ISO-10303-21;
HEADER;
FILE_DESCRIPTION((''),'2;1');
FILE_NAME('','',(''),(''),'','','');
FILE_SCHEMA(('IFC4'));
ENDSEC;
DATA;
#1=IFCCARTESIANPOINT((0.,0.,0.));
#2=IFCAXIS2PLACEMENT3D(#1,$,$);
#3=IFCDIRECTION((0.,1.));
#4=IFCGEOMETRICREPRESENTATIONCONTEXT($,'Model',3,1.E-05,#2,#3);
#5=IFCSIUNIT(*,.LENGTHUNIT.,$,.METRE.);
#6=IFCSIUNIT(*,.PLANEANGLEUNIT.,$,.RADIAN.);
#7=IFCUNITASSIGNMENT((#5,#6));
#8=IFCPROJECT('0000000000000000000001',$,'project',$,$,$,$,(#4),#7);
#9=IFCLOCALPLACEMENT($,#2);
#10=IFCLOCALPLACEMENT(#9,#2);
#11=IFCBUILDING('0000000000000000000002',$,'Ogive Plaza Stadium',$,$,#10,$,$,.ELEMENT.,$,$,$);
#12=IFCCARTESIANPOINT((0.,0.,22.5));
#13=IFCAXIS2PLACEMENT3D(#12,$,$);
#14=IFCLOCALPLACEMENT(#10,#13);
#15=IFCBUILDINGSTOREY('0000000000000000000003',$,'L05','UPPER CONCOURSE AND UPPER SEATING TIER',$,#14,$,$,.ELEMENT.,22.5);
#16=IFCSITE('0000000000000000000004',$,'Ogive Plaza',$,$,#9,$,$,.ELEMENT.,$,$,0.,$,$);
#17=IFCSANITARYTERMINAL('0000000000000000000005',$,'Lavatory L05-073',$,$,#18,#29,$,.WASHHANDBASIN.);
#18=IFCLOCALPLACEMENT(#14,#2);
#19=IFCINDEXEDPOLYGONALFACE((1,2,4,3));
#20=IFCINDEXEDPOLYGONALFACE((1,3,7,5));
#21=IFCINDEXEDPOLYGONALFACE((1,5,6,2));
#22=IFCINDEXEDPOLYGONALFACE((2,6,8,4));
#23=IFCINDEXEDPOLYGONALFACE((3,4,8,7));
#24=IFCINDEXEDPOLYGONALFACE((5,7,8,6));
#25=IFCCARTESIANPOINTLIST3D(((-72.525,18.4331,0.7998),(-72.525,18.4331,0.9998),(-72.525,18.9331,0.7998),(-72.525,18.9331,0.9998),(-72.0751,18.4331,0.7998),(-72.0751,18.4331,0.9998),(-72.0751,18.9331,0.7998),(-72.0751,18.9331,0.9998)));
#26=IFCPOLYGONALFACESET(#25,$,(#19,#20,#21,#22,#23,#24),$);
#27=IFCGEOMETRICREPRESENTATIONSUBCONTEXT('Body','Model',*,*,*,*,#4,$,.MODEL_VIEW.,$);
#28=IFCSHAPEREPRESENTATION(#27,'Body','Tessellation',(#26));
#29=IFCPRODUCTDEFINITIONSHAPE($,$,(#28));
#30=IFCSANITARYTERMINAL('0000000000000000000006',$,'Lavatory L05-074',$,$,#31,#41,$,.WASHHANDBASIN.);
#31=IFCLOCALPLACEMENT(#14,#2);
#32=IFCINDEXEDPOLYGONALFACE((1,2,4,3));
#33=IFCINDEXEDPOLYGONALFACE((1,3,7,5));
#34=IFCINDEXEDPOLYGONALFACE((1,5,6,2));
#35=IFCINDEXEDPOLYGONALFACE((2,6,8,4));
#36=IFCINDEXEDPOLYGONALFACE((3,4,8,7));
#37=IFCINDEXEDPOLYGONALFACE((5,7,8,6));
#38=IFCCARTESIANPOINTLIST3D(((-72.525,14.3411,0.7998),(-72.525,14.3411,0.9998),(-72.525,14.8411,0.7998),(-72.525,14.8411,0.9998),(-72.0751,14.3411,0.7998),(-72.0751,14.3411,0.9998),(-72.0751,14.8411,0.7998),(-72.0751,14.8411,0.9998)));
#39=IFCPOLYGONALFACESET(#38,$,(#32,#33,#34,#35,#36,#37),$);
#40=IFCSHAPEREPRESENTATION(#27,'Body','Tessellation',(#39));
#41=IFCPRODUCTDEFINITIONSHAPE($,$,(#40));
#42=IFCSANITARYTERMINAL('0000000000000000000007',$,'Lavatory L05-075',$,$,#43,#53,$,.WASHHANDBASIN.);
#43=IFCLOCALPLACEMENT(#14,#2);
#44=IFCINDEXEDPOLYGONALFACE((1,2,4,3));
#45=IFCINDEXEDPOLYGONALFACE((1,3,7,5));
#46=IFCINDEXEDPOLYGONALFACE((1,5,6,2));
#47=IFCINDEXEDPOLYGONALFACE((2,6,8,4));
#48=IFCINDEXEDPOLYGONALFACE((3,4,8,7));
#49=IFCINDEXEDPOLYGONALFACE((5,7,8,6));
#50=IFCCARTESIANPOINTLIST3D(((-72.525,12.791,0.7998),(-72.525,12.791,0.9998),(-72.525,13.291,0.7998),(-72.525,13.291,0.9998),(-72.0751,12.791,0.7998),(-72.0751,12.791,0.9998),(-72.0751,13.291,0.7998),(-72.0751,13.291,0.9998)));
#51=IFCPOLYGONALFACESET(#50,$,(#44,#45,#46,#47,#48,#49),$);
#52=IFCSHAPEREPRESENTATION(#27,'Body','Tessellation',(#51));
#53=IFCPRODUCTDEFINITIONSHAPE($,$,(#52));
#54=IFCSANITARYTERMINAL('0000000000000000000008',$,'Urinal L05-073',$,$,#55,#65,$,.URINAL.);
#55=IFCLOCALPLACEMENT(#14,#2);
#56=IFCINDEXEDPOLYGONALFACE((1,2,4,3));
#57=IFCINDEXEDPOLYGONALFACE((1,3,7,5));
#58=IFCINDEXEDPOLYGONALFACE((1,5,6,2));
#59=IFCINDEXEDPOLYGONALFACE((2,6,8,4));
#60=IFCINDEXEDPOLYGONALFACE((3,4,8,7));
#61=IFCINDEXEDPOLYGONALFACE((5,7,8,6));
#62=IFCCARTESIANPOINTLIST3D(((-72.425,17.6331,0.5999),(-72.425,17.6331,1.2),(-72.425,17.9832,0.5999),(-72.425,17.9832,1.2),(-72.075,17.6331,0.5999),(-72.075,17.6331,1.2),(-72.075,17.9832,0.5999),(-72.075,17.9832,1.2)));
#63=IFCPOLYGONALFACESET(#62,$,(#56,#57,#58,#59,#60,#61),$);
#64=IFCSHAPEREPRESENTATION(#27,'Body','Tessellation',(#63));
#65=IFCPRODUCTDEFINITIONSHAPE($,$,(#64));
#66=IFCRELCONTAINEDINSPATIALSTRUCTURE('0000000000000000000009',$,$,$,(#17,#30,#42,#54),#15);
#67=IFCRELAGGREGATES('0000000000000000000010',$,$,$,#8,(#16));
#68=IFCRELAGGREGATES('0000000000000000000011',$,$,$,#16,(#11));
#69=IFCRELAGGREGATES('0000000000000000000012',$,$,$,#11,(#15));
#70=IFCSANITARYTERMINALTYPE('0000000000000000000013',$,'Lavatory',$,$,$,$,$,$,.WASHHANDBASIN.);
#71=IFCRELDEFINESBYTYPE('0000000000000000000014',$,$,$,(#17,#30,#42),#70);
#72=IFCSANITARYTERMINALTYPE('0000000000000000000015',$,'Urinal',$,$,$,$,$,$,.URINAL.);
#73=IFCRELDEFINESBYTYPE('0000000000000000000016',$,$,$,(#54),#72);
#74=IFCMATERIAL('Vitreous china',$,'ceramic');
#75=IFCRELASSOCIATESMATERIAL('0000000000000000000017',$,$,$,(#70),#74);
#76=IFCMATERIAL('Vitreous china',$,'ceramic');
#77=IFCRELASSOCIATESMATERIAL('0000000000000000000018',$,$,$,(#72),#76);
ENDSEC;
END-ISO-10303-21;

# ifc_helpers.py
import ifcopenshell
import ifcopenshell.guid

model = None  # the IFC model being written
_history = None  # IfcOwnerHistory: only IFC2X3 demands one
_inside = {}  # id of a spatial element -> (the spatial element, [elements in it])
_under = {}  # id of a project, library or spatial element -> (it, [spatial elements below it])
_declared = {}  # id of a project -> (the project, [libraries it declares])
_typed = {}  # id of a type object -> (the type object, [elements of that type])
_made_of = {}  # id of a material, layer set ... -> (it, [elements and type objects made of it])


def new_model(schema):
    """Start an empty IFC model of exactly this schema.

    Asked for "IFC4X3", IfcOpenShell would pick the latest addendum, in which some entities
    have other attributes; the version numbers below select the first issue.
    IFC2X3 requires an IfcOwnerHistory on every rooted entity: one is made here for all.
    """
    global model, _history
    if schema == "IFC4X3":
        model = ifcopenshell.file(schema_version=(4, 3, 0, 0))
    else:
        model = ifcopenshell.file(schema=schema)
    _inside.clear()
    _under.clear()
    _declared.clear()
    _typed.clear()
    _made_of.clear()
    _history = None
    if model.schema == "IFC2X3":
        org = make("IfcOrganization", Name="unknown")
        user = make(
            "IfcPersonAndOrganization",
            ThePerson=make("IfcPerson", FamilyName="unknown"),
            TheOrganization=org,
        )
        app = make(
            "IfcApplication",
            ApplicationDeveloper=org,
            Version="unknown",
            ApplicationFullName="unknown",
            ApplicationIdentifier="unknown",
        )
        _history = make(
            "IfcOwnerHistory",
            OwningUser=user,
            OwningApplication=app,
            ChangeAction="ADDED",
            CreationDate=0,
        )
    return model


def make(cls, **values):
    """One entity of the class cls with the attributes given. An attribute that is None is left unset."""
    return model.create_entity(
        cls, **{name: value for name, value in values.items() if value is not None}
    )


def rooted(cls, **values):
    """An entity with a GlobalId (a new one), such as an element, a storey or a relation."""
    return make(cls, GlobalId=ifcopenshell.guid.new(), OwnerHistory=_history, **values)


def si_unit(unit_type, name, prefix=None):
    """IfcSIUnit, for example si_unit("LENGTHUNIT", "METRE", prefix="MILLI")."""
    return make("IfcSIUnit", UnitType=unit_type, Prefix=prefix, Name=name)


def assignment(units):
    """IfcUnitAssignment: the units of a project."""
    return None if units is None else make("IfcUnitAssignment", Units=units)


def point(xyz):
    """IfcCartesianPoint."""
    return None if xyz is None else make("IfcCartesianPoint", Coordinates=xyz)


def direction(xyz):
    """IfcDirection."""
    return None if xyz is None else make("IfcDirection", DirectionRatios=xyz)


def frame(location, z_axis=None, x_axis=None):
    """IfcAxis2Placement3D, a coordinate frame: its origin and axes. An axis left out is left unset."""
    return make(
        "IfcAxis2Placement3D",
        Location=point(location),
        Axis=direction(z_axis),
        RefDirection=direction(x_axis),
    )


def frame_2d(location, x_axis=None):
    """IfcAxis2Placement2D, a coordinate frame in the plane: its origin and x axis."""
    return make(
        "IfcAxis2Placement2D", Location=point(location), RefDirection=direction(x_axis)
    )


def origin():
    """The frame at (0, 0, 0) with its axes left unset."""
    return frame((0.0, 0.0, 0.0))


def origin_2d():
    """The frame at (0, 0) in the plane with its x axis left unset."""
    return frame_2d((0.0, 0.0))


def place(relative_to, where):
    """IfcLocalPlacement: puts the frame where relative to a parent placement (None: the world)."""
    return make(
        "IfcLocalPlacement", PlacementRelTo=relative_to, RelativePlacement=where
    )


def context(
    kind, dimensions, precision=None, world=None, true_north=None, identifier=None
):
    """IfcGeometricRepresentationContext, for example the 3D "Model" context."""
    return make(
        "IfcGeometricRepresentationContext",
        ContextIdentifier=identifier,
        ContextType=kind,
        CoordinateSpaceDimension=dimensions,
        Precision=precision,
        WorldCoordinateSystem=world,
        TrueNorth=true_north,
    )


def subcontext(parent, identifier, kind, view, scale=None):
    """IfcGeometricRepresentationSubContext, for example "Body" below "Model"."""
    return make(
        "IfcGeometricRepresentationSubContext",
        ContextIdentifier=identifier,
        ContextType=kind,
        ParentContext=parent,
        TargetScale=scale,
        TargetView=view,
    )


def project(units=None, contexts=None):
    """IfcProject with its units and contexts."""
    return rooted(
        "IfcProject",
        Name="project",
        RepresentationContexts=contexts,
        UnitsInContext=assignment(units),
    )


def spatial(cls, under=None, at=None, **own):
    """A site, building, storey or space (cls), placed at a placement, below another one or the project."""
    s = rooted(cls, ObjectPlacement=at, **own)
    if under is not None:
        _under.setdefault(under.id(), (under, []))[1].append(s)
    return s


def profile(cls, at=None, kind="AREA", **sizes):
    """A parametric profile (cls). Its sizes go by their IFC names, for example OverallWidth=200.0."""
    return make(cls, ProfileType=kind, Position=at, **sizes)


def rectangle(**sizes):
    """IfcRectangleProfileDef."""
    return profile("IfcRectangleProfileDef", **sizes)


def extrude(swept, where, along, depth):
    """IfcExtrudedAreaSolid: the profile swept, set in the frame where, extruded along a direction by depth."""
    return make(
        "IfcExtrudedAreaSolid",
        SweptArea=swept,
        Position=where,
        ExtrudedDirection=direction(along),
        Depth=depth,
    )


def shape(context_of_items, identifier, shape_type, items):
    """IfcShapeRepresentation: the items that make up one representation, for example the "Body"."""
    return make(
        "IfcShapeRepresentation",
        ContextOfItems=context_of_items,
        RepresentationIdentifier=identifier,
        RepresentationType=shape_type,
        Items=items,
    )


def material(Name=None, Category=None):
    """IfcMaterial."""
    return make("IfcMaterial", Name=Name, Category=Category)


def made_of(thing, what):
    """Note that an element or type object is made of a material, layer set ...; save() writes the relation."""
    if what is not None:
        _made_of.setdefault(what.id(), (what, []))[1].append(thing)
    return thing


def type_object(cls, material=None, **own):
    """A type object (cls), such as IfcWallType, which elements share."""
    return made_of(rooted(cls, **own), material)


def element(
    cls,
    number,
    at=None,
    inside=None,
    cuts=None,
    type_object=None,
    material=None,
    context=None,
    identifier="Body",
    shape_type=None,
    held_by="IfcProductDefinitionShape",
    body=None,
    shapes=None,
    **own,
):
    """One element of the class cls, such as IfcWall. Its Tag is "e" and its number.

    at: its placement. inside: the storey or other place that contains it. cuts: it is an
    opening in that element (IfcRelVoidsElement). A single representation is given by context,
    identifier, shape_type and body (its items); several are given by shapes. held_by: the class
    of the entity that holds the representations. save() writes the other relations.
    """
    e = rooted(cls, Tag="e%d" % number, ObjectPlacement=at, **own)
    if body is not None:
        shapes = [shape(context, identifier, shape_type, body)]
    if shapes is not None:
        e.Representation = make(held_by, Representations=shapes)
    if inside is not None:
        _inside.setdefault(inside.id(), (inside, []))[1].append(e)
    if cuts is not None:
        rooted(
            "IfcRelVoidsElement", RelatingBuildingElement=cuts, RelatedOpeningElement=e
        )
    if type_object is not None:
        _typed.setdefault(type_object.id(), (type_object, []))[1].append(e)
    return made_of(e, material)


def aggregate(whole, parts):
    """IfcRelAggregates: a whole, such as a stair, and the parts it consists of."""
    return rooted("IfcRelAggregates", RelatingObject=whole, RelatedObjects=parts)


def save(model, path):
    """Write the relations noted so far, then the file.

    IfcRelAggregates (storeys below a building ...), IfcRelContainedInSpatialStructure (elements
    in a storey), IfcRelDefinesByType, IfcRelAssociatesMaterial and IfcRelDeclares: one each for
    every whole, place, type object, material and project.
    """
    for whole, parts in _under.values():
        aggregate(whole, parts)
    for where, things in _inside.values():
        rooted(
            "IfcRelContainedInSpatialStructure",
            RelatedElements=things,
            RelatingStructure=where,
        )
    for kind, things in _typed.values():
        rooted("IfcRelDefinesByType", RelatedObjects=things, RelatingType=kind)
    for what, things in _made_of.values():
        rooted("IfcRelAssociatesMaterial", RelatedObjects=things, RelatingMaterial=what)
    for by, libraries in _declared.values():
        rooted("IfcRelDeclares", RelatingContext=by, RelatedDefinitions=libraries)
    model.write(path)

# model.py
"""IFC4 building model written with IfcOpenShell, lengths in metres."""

from ifc_helpers import new_model, si_unit, direction, frame, origin, origin_2d, place, context, subcontext, project, spatial, rectangle, extrude, material, type_object, element, save


model = new_model("IFC4")

# Units and contexts
model_context = context("Model", 3, precision=1e-05, world=origin(), true_north=direction((0.0, 1.0)))
body_context = subcontext(model_context, "Body", "Model", "MODEL_VIEW")
ifc_project = project(units=[si_unit("LENGTHUNIT", "METRE"), si_unit("PLANEANGLEUNIT", "RADIAN")], contexts=[model_context])

# Site, building, storey
site_placement = place(None, origin())
site = spatial("IfcSite", under=ifc_project, at=site_placement, Name="Ogive Plaza", CompositionType="ELEMENT", RefElevation=0.0)
building_placement = place(site_placement, origin())
building = spatial("IfcBuilding", under=site, at=building_placement, Name="Ogive Plaza Stadium", CompositionType="ELEMENT")
storey_placement = place(building_placement, frame((0.0, 0.0, 22.5)))
storey = spatial("IfcBuildingStorey", under=building, at=storey_placement, Name="L05", Description="UPPER CONCOURSE AND UPPER SEATING TIER", CompositionType="ELEMENT", Elevation=22.5)

# Sanitary terminals
ifc_material_1 = material(Name="Vitreous china", Category="ceramic")
sanitary_terminal_type_1 = type_object("IfcSanitaryTerminalType", Name="Lavatory", PredefinedType="WASHHANDBASIN", material=ifc_material_1)
for number, where, z_axis, x_axis, name in (
    (1, (-72.3, 18.6831, 0.7998), (0.0, 0.0, 1.0), (0.0, 1.0, 0.0), "Lavatory L05-073"),
    (2, (-72.3, 14.5911, 0.7998), (0.0, 0.0, 1.0), (0.0, 1.0, 0.0), "Lavatory L05-074"),
    (3, (-72.3, 13.041, 0.7998), (0.0, 0.0, 1.0), (0.0, -1.0, 0.0), "Lavatory L05-075"),
):
    element("IfcSanitaryTerminal", number, at=place(storey_placement, frame(where, z_axis=z_axis, x_axis=x_axis)), inside=storey, type_object=sanitary_terminal_type_1, Name=name, PredefinedType="WASHHANDBASIN", context=body_context, shape_type="SweptSolid", body=[
        extrude(rectangle(XDim=0.5, YDim=0.45, at=origin_2d()), origin(), (0.0, 0.0, 1.0), 0.2),
    ])
ifc_material_2 = material(Name="Vitreous china", Category="ceramic")
sanitary_terminal_type_2 = type_object("IfcSanitaryTerminalType", Name="Urinal", PredefinedType="URINAL", material=ifc_material_2)
sanitary_terminal_placement = place(storey_placement, frame((-72.25, 17.8081, 0.5999), z_axis=(0.0, 0.0, 1.0), x_axis=(0.0, 1.0, 0.0)))
element("IfcSanitaryTerminal", 4, at=sanitary_terminal_placement, inside=storey, type_object=sanitary_terminal_type_2, Name="Urinal L05-073", PredefinedType="URINAL", context=body_context, shape_type="SweptSolid", body=[
    extrude(rectangle(XDim=0.3501, YDim=0.3501, at=origin_2d()), origin(), (0.0, 0.0, 1.0), 0.6001),
])

save(model, "model.ifc")
